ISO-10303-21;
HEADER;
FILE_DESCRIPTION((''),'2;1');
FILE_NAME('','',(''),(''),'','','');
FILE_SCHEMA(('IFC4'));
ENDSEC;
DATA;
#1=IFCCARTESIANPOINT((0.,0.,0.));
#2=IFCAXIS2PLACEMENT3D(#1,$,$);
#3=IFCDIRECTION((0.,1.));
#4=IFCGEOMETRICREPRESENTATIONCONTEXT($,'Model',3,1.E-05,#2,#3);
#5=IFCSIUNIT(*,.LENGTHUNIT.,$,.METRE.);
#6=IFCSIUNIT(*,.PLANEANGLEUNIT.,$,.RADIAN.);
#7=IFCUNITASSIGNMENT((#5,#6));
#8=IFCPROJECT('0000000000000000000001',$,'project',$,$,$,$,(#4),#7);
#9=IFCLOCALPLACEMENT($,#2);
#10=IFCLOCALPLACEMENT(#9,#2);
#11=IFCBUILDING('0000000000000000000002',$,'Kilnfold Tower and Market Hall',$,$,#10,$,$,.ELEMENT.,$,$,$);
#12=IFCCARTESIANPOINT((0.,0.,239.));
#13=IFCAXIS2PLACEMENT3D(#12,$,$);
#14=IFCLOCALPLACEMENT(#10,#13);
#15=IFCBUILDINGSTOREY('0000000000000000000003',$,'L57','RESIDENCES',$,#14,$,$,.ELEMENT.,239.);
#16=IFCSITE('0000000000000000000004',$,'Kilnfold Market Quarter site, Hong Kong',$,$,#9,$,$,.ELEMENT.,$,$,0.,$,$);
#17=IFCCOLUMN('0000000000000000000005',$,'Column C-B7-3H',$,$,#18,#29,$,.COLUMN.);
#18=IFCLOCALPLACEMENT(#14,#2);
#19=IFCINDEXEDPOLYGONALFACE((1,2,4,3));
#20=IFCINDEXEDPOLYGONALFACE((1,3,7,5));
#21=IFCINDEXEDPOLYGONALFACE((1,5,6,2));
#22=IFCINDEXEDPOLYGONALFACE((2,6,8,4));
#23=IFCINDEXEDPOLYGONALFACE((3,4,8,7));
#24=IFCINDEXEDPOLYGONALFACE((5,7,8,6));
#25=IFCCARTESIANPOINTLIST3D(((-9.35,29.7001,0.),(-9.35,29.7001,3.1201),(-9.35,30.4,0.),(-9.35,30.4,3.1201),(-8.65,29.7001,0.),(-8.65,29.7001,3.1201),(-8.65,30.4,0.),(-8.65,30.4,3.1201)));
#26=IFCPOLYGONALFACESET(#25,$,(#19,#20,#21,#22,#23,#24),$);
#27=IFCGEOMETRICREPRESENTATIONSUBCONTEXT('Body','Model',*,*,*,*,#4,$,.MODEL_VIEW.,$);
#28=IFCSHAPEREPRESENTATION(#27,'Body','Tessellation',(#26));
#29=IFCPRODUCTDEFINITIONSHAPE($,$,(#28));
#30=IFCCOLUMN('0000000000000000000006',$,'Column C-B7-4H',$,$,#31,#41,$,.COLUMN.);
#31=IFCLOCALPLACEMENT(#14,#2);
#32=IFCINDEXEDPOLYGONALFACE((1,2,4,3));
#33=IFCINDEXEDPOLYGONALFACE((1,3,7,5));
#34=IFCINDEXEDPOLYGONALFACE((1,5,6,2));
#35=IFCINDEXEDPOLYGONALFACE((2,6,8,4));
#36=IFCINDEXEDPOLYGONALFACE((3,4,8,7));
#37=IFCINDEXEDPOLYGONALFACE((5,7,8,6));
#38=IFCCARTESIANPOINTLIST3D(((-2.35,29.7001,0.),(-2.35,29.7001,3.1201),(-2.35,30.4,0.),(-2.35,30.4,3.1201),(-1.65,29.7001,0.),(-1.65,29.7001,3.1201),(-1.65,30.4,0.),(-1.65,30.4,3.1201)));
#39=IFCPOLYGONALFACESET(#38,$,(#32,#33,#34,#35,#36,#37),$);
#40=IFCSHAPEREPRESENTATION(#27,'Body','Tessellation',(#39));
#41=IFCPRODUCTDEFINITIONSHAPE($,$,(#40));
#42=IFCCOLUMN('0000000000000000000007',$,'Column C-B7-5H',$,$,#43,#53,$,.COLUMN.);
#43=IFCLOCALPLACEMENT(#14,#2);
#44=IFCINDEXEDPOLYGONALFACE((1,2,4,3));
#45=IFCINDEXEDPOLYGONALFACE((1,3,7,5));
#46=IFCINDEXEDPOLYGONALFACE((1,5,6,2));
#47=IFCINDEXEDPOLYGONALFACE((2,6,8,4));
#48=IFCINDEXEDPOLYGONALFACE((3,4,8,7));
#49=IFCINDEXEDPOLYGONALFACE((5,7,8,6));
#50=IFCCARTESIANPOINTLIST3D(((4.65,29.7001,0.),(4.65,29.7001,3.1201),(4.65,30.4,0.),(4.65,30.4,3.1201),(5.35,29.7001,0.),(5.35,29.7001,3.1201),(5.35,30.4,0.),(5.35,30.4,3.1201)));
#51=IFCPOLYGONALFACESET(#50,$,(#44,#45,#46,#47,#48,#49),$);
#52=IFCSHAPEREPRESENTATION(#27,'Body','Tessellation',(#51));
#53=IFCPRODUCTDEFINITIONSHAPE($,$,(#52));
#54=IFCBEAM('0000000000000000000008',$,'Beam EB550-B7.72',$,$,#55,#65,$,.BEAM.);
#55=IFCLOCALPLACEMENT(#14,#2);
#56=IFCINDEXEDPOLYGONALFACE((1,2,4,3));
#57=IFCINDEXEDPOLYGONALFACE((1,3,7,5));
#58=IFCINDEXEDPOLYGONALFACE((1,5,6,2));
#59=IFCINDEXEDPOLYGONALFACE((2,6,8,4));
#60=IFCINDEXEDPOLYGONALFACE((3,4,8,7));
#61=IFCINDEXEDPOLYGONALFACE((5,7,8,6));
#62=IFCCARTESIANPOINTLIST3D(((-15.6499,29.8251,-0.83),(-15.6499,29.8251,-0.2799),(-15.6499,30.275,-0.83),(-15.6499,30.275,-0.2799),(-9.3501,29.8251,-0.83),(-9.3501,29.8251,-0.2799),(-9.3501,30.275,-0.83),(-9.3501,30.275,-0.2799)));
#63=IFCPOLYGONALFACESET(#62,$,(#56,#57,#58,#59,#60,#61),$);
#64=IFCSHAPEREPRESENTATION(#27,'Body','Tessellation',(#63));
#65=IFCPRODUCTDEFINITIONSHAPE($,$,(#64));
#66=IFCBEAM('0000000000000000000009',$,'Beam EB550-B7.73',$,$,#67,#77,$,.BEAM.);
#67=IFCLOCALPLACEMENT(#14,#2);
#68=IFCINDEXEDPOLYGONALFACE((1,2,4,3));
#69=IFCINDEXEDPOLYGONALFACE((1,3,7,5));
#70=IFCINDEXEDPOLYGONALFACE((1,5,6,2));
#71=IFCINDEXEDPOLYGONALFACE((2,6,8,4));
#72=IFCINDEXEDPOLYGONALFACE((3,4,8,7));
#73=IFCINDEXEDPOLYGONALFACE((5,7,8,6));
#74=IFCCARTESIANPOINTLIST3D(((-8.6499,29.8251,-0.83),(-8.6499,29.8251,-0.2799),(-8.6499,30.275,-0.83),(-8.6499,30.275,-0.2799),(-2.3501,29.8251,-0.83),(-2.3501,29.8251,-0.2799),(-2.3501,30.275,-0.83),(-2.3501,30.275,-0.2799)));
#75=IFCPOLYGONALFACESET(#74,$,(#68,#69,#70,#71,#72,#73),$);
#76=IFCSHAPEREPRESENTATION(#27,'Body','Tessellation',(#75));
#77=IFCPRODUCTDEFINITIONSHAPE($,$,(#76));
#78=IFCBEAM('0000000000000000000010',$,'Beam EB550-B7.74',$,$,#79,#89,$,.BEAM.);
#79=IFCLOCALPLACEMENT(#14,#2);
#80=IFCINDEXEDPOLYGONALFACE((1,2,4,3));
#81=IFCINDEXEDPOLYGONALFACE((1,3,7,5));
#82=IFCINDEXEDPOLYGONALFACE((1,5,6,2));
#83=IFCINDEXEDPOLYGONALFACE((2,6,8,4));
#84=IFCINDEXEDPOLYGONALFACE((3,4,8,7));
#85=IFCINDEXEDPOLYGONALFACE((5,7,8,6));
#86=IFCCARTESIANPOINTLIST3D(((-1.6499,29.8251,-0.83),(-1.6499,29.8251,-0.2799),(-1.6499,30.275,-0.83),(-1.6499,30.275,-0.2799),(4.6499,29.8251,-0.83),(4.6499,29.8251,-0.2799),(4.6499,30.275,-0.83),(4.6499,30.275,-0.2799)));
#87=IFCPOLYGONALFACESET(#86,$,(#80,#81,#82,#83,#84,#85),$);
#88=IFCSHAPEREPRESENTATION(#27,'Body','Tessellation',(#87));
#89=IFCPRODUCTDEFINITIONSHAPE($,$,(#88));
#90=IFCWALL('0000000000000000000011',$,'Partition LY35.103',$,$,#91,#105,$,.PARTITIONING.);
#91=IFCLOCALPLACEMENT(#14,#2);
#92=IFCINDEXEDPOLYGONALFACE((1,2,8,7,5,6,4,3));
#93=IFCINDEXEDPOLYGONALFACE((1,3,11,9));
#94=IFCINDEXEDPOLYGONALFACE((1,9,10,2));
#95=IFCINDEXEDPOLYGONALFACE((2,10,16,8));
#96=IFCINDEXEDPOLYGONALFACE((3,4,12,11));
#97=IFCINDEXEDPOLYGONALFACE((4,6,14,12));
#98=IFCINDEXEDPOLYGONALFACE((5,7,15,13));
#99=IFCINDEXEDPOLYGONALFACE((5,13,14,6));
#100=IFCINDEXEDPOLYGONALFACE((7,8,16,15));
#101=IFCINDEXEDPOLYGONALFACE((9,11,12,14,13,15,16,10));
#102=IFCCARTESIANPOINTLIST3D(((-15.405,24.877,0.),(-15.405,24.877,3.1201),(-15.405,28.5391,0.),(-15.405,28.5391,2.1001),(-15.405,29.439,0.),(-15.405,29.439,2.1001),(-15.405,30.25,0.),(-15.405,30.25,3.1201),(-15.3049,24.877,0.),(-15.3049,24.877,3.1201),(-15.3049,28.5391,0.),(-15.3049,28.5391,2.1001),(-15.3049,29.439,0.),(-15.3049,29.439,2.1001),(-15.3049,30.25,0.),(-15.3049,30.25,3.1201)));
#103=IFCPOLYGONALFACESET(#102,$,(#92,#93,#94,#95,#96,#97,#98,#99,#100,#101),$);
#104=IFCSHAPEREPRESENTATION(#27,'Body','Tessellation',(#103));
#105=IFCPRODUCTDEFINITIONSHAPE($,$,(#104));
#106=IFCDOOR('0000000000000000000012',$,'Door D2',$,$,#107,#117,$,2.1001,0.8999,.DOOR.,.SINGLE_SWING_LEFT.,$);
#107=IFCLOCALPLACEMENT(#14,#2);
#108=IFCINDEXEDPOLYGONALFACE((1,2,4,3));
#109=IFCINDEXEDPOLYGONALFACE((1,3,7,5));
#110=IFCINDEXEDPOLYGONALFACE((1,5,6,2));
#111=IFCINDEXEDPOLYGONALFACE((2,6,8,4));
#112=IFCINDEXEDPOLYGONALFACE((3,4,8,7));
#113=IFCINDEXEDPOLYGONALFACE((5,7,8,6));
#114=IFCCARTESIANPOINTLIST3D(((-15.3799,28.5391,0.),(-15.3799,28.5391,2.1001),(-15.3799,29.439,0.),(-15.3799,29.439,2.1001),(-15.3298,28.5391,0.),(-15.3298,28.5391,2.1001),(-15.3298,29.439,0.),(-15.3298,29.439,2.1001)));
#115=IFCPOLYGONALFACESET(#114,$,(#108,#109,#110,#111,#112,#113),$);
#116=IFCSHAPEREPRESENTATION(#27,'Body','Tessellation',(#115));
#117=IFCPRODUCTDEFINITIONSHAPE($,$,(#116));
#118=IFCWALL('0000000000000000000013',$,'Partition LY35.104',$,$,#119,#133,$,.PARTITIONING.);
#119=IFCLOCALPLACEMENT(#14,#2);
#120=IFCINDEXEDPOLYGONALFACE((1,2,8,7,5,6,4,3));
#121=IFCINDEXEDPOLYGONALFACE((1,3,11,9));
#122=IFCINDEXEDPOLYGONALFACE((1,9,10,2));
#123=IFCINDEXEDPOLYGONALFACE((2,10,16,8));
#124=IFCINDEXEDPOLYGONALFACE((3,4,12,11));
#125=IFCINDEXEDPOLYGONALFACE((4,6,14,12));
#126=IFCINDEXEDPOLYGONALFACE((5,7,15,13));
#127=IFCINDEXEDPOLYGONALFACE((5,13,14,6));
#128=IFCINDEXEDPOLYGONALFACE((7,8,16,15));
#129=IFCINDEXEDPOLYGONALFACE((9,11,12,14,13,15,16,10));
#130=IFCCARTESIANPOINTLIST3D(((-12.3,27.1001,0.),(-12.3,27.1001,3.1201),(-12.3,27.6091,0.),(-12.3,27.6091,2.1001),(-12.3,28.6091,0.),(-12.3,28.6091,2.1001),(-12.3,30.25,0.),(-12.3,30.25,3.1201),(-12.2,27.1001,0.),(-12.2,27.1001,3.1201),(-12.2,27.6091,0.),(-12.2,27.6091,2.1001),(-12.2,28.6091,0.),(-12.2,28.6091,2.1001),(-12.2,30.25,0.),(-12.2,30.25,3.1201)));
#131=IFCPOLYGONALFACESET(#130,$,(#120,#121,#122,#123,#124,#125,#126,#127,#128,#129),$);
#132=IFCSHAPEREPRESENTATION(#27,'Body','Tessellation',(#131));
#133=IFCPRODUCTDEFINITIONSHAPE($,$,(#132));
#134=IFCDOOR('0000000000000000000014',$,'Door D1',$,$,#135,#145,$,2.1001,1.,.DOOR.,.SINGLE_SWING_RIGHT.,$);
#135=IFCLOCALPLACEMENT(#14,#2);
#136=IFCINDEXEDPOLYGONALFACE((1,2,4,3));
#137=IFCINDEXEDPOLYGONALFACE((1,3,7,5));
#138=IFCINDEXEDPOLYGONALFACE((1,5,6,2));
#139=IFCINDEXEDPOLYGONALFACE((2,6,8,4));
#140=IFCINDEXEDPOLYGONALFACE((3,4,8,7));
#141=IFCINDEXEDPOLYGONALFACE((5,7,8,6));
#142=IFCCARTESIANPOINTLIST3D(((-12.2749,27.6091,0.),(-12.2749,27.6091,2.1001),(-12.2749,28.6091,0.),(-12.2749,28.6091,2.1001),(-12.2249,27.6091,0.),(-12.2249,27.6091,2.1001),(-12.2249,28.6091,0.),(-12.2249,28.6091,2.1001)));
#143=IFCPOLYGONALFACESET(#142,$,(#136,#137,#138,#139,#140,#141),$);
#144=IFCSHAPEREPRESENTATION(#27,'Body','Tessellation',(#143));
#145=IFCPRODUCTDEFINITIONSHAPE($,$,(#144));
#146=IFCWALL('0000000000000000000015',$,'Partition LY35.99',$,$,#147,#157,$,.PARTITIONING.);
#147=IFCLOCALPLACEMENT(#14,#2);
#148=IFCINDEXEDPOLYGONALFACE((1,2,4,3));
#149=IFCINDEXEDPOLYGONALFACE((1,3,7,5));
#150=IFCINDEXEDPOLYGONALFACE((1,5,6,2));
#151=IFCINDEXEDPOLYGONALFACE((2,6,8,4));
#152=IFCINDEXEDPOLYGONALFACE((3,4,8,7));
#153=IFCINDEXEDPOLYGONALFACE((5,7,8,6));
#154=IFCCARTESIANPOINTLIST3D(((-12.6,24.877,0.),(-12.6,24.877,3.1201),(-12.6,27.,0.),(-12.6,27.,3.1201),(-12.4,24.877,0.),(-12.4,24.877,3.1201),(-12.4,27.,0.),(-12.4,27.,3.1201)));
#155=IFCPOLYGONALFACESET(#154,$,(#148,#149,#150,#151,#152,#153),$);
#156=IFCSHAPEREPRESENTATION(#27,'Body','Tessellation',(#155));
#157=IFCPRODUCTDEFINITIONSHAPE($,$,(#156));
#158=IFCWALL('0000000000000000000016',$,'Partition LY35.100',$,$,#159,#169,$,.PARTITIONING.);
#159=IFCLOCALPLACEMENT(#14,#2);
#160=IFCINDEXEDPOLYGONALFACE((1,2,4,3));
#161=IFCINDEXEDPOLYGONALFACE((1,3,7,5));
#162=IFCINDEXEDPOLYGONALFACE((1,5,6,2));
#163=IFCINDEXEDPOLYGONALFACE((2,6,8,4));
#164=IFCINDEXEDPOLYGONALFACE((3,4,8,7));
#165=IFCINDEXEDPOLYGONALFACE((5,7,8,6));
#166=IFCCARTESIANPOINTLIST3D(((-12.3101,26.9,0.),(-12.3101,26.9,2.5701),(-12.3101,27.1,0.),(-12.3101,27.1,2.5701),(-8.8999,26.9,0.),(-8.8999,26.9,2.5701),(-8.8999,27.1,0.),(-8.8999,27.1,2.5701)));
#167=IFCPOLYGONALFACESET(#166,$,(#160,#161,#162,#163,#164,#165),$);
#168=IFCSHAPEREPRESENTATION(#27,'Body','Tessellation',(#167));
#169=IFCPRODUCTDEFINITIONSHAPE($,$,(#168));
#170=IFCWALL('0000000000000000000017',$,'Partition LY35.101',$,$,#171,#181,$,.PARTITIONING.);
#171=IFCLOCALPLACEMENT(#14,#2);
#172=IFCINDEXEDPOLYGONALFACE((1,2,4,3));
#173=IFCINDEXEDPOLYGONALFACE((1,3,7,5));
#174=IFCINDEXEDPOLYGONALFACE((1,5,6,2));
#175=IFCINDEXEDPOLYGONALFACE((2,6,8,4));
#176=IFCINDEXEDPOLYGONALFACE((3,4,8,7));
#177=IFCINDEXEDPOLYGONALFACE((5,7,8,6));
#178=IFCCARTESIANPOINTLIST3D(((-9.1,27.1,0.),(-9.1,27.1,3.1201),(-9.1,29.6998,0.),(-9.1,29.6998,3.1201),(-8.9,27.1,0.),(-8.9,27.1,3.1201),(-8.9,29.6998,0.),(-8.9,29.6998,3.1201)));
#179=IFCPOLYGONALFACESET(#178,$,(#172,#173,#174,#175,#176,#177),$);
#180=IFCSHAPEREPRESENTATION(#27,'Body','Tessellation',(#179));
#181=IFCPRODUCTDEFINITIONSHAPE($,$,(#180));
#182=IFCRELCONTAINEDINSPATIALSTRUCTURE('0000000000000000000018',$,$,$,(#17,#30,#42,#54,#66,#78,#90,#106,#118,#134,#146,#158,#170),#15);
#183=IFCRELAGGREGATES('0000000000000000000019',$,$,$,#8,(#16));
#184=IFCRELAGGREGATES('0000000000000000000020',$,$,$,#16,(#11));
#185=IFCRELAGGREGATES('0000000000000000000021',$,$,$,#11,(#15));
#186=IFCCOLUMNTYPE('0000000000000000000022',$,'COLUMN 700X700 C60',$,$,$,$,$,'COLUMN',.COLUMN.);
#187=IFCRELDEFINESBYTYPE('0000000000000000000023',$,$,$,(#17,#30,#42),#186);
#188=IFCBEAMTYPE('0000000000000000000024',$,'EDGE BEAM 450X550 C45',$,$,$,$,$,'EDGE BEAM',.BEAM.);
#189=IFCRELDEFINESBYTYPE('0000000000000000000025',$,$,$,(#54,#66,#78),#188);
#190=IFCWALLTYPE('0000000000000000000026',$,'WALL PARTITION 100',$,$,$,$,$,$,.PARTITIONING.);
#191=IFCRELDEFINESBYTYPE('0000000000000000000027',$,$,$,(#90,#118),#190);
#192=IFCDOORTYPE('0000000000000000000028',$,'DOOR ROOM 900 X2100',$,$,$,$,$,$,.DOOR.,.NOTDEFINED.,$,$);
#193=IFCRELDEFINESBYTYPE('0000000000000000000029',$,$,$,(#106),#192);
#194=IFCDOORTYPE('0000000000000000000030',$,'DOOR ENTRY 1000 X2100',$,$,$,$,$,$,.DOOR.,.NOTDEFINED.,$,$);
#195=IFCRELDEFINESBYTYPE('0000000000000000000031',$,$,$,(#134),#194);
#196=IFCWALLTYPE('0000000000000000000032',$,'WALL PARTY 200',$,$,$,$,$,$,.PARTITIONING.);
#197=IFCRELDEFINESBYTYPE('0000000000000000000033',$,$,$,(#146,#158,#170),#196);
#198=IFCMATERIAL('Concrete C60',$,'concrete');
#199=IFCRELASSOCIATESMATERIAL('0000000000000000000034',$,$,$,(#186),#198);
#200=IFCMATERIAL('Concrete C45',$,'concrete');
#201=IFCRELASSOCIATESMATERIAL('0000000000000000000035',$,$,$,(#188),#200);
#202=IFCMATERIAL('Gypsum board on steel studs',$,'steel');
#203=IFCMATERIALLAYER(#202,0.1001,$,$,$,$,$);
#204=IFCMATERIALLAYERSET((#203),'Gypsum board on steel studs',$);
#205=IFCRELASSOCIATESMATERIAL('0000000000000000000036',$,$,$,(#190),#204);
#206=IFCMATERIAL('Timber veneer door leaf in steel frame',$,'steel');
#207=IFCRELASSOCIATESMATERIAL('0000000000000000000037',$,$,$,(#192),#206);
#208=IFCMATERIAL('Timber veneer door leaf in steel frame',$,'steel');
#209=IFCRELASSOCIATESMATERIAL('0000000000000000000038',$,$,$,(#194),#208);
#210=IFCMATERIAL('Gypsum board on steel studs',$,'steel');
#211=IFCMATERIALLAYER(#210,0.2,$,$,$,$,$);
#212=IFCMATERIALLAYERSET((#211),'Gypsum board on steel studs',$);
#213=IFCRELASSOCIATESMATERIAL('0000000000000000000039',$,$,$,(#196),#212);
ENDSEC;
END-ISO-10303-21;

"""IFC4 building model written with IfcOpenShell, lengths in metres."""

from ifc_helpers import new_model, si_unit, direction, frame, frame_2d, origin, origin_2d, place, context, subcontext, project, spatial, rectangle, extrude, source, transform, mapped, material, layer, layer_set, material_profile, profile_set, type_object, element, fill, save


model = new_model("IFC4")

# Units and contexts
model_context = context("Model", 3, precision=1e-05, world=origin(), true_north=direction((0.0, 1.0)))
body_context = subcontext(model_context, "Body", "Model", "MODEL_VIEW")
ifc_project = project(units=[si_unit("LENGTHUNIT", "METRE"), si_unit("PLANEANGLEUNIT", "RADIAN")], contexts=[model_context])

# Site, building, storey
site_placement = place(None, origin())
site = spatial("IfcSite", under=ifc_project, at=site_placement, Name="Kilnfold Market Quarter site, Hong Kong", CompositionType="ELEMENT", RefElevation=0.0)
building_placement = place(site_placement, origin())
building = spatial("IfcBuilding", under=site, at=building_placement, Name="Kilnfold Tower and Market Hall", CompositionType="ELEMENT")
storey_placement = place(building_placement, frame((0.0, 0.0, 239.0)))
storey = spatial("IfcBuildingStorey", under=building, at=storey_placement, Name="L57", Description="RESIDENCES", CompositionType="ELEMENT", Elevation=239.0)

# Columns
ifc_material_1 = material(Name="Concrete C60", Category="concrete")
ifc_material_profile_1 = material_profile(ifc_material_1, rectangle(XDim=0.7, YDim=0.7, at=origin_2d()), Name="RC 700x700")
ifc_profile_set_1 = profile_set([ifc_material_profile_1], Name="Concrete C60")
column_type = type_object("IfcColumnType", Name="COLUMN 700X700 C60", ElementType="COLUMN", PredefinedType="COLUMN", material=ifc_profile_set_1)
shared_shape_1 = source(origin(), body_context, "Body", "SweptSolid", [
    extrude(rectangle(XDim=0.7, YDim=0.7, at=origin_2d()), origin(), (0.0, 0.0, 1.0), 3.1201),
])
for number, where, z_axis, x_axis, name in (
    (1, (-9.0, 30.05, 0.0), (0.0, 0.0, 1.0), (1.0, 0.0, 0.0), "Column C-B7-3H"),
    (2, (-2.0, 30.05, 0.0), (0.0, 0.0, 1.0), (1.0, 0.0, 0.0), "Column C-B7-4H"),
    (3, (5.0, 30.05, 0.0), (0.0, 0.0, 1.0), (1.0, 0.0, 0.0), "Column C-B7-5H"),
):
    element("IfcColumn", number, at=place(storey_placement, frame(where, z_axis=z_axis, x_axis=x_axis)), inside=storey, type_object=column_type, Name=name, PredefinedType="COLUMN", context=body_context, shape_type="MappedRepresentation", body=[
        mapped(shared_shape_1, transform((0.0, 0.0, 0.0))),
    ])

# Beams
ifc_material_2 = material(Name="Concrete C45", Category="concrete")
ifc_material_profile_2 = material_profile(ifc_material_2, rectangle(XDim=0.45, YDim=0.55, at=origin_2d()), Name="RC 450x550")
ifc_profile_set_2 = profile_set([ifc_material_profile_2], Name="Concrete C45")
beam_type = type_object("IfcBeamType", Name="EDGE BEAM 450X550 C45", ElementType="EDGE BEAM", PredefinedType="BEAM", material=ifc_profile_set_2)
shared_shape_2 = source(origin(), body_context, "Body", "SweptSolid", [
    extrude(rectangle(XDim=0.45, YDim=0.55, at=origin_2d()), origin(), (0.0, 0.0, 1.0), 6.2998),
])
for number, where, z_axis, x_axis, name in (
    (4, (-15.6499, 30.05, -0.5549), (1.0, 0.0, 0.0), (0.0, 1.0, 0.0), "Beam EB550-B7.72"),
    (5, (-8.6499, 30.05, -0.5549), (1.0, 0.0, 0.0), (0.0, 1.0, 0.0), "Beam EB550-B7.73"),
    (6, (-1.6499, 30.05, -0.5549), (1.0, 0.0, 0.0), (0.0, 1.0, 0.0), "Beam EB550-B7.74"),
):
    element("IfcBeam", number, at=place(storey_placement, frame(where, z_axis=z_axis, x_axis=x_axis)), inside=storey, type_object=beam_type, Name=name, PredefinedType="BEAM", context=body_context, shape_type="MappedRepresentation", body=[
        mapped(shared_shape_2, transform((0.0, 0.0, 0.0))),
    ])

# Walls, openings, doors
ifc_material_3 = material(Name="Gypsum board on steel studs", Category="steel")
ifc_layer_1 = layer(ifc_material_3, 0.1001)
ifc_layer_set_1 = layer_set([ifc_layer_1], Name="Gypsum board on steel studs")
wall_type_1 = type_object("IfcWallType", Name="WALL PARTITION 100", PredefinedType="PARTITIONING", material=ifc_layer_set_1)
wall_1_placement = place(storey_placement, frame((-15.355, 24.877, 0.0), z_axis=(0.0, 0.0, 1.0), x_axis=(0.0, 1.0, 0.0)))
wall_1 = element("IfcWall", 7, at=wall_1_placement, inside=storey, type_object=wall_type_1, Name="Partition LY35.103", PredefinedType="PARTITIONING", context=body_context, shape_type="SweptSolid", body=[
    extrude(rectangle(XDim=5.373, YDim=0.1001, at=frame_2d((2.6865, 0.0))), origin(), (0.0, 0.0, 1.0), 3.1201),
])
opening_1_placement = place(wall_1_placement, frame((3.6621, 0.0, 0.0)))
opening_1 = element("IfcOpeningElement", 8, at=opening_1_placement, cuts=wall_1, PredefinedType="OPENING", context=body_context, shape_type="SweptSolid", body=[
    extrude(rectangle(XDim=0.8999, YDim=2.1001, at=frame_2d((0.45, 1.05))), frame((0.0, 0.0601, 0.0), z_axis=(0.0, -1.0, 0.0), x_axis=(1.0, 0.0, 0.0)), (0.0, 0.0, 1.0), 0.1201),
])
ifc_material_4 = material(Name="Timber veneer door leaf in steel frame", Category="steel")
door_type_1 = type_object("IfcDoorType", Name="DOOR ROOM 900 X2100", OperationType="NOTDEFINED", PredefinedType="DOOR", material=ifc_material_4)
door_1_placement = place(opening_1_placement, origin())
door_1 = element("IfcDoor", 9, at=door_1_placement, inside=storey, type_object=door_type_1, Name="Door D2", OperationType="SINGLE_SWING_LEFT", OverallHeight=2.1001, OverallWidth=0.8999, PredefinedType="DOOR", context=body_context, shape_type="SweptSolid", body=[
    extrude(rectangle(XDim=0.8999, YDim=2.1001, at=frame_2d((0.45, 1.05))), frame((0.0, 0.0249, 0.0), z_axis=(0.0, -1.0, 0.0), x_axis=(1.0, 0.0, 0.0)), (0.0, 0.0, 1.0), 0.05),
])
fill(opening_1, door_1)
wall_2_placement = place(storey_placement, frame((-12.25, 27.1001, 0.0), z_axis=(0.0, 0.0, 1.0), x_axis=(0.0, 1.0, 0.0)))
wall_2 = element("IfcWall", 10, at=wall_2_placement, inside=storey, type_object=wall_type_1, Name="Partition LY35.104", PredefinedType="PARTITIONING", context=body_context, shape_type="SweptSolid", body=[
    extrude(rectangle(XDim=3.1499, YDim=0.1001, at=frame_2d((1.575, 0.0))), origin(), (0.0, 0.0, 1.0), 3.1201),
])
opening_2_placement = place(wall_2_placement, frame((0.509, 0.0, 0.0)))
opening_2 = element("IfcOpeningElement", 11, at=opening_2_placement, cuts=wall_2, PredefinedType="OPENING", context=body_context, shape_type="SweptSolid", body=[
    extrude(rectangle(XDim=1.0, YDim=2.1001, at=frame_2d((0.5, 1.05))), frame((0.0, 0.0601, 0.0), z_axis=(0.0, -1.0, 0.0), x_axis=(1.0, 0.0, 0.0)), (0.0, 0.0, 1.0), 0.1201),
])
ifc_material_5 = material(Name="Timber veneer door leaf in steel frame", Category="steel")
door_type_2 = type_object("IfcDoorType", Name="DOOR ENTRY 1000 X2100", OperationType="NOTDEFINED", PredefinedType="DOOR", material=ifc_material_5)
door_2_placement = place(opening_2_placement, origin())
door_2 = element("IfcDoor", 12, at=door_2_placement, inside=storey, type_object=door_type_2, Name="Door D1", OperationType="SINGLE_SWING_RIGHT", OverallHeight=2.1001, OverallWidth=1.0, PredefinedType="DOOR", context=body_context, shape_type="SweptSolid", body=[
    extrude(rectangle(XDim=1.0, YDim=2.1001, at=frame_2d((0.5, 1.05))), frame((0.0, 0.0249, 0.0), z_axis=(0.0, -1.0, 0.0), x_axis=(1.0, 0.0, 0.0)), (0.0, 0.0, 1.0), 0.05),
])
fill(opening_2, door_2)

# Walls
ifc_material_6 = material(Name="Gypsum board on steel studs", Category="steel")
ifc_layer_2 = layer(ifc_material_6, 0.2)
ifc_layer_set_2 = layer_set([ifc_layer_2], Name="Gypsum board on steel studs")
wall_type_2 = type_object("IfcWallType", Name="WALL PARTY 200", PredefinedType="PARTITIONING", material=ifc_layer_set_2)
wall_3_placement = place(storey_placement, frame((-12.5, 27.0, 0.0), z_axis=(0.0, 0.0, 1.0), x_axis=(0.0, -1.0, 0.0)))
element("IfcWall", 13, at=wall_3_placement, inside=storey, type_object=wall_type_2, Name="Partition LY35.99", PredefinedType="PARTITIONING", context=body_context, shape_type="SweptSolid", body=[
    extrude(rectangle(XDim=2.123, YDim=0.2, at=frame_2d((1.0615, 0.0))), origin(), (0.0, 0.0, 1.0), 3.1201),
])
wall_4_placement = place(storey_placement, frame((-8.8999, 27.0, 0.0), z_axis=(0.0, 0.0, 1.0), x_axis=(-1.0, 0.0, 0.0)))
element("IfcWall", 14, at=wall_4_placement, inside=storey, type_object=wall_type_2, Name="Partition LY35.100", PredefinedType="PARTITIONING", context=body_context, shape_type="SweptSolid", body=[
    extrude(rectangle(XDim=3.4102, YDim=0.2, at=frame_2d((1.7051, 0.0))), origin(), (0.0, 0.0, 1.0), 2.5701),
])
wall_5_placement = place(storey_placement, frame((-9.0, 27.1001, 0.0), z_axis=(0.0, 0.0, 1.0), x_axis=(0.0, 1.0, 0.0)))
element("IfcWall", 15, at=wall_5_placement, inside=storey, type_object=wall_type_2, Name="Partition LY35.101", PredefinedType="PARTITIONING", context=body_context, shape_type="SweptSolid", body=[
    extrude(rectangle(XDim=2.5999, YDim=0.2, at=frame_2d((1.2998, 0.0))), origin(), (0.0, 0.0, 1.0), 3.1201),
])

save(model, "model.ifc")
